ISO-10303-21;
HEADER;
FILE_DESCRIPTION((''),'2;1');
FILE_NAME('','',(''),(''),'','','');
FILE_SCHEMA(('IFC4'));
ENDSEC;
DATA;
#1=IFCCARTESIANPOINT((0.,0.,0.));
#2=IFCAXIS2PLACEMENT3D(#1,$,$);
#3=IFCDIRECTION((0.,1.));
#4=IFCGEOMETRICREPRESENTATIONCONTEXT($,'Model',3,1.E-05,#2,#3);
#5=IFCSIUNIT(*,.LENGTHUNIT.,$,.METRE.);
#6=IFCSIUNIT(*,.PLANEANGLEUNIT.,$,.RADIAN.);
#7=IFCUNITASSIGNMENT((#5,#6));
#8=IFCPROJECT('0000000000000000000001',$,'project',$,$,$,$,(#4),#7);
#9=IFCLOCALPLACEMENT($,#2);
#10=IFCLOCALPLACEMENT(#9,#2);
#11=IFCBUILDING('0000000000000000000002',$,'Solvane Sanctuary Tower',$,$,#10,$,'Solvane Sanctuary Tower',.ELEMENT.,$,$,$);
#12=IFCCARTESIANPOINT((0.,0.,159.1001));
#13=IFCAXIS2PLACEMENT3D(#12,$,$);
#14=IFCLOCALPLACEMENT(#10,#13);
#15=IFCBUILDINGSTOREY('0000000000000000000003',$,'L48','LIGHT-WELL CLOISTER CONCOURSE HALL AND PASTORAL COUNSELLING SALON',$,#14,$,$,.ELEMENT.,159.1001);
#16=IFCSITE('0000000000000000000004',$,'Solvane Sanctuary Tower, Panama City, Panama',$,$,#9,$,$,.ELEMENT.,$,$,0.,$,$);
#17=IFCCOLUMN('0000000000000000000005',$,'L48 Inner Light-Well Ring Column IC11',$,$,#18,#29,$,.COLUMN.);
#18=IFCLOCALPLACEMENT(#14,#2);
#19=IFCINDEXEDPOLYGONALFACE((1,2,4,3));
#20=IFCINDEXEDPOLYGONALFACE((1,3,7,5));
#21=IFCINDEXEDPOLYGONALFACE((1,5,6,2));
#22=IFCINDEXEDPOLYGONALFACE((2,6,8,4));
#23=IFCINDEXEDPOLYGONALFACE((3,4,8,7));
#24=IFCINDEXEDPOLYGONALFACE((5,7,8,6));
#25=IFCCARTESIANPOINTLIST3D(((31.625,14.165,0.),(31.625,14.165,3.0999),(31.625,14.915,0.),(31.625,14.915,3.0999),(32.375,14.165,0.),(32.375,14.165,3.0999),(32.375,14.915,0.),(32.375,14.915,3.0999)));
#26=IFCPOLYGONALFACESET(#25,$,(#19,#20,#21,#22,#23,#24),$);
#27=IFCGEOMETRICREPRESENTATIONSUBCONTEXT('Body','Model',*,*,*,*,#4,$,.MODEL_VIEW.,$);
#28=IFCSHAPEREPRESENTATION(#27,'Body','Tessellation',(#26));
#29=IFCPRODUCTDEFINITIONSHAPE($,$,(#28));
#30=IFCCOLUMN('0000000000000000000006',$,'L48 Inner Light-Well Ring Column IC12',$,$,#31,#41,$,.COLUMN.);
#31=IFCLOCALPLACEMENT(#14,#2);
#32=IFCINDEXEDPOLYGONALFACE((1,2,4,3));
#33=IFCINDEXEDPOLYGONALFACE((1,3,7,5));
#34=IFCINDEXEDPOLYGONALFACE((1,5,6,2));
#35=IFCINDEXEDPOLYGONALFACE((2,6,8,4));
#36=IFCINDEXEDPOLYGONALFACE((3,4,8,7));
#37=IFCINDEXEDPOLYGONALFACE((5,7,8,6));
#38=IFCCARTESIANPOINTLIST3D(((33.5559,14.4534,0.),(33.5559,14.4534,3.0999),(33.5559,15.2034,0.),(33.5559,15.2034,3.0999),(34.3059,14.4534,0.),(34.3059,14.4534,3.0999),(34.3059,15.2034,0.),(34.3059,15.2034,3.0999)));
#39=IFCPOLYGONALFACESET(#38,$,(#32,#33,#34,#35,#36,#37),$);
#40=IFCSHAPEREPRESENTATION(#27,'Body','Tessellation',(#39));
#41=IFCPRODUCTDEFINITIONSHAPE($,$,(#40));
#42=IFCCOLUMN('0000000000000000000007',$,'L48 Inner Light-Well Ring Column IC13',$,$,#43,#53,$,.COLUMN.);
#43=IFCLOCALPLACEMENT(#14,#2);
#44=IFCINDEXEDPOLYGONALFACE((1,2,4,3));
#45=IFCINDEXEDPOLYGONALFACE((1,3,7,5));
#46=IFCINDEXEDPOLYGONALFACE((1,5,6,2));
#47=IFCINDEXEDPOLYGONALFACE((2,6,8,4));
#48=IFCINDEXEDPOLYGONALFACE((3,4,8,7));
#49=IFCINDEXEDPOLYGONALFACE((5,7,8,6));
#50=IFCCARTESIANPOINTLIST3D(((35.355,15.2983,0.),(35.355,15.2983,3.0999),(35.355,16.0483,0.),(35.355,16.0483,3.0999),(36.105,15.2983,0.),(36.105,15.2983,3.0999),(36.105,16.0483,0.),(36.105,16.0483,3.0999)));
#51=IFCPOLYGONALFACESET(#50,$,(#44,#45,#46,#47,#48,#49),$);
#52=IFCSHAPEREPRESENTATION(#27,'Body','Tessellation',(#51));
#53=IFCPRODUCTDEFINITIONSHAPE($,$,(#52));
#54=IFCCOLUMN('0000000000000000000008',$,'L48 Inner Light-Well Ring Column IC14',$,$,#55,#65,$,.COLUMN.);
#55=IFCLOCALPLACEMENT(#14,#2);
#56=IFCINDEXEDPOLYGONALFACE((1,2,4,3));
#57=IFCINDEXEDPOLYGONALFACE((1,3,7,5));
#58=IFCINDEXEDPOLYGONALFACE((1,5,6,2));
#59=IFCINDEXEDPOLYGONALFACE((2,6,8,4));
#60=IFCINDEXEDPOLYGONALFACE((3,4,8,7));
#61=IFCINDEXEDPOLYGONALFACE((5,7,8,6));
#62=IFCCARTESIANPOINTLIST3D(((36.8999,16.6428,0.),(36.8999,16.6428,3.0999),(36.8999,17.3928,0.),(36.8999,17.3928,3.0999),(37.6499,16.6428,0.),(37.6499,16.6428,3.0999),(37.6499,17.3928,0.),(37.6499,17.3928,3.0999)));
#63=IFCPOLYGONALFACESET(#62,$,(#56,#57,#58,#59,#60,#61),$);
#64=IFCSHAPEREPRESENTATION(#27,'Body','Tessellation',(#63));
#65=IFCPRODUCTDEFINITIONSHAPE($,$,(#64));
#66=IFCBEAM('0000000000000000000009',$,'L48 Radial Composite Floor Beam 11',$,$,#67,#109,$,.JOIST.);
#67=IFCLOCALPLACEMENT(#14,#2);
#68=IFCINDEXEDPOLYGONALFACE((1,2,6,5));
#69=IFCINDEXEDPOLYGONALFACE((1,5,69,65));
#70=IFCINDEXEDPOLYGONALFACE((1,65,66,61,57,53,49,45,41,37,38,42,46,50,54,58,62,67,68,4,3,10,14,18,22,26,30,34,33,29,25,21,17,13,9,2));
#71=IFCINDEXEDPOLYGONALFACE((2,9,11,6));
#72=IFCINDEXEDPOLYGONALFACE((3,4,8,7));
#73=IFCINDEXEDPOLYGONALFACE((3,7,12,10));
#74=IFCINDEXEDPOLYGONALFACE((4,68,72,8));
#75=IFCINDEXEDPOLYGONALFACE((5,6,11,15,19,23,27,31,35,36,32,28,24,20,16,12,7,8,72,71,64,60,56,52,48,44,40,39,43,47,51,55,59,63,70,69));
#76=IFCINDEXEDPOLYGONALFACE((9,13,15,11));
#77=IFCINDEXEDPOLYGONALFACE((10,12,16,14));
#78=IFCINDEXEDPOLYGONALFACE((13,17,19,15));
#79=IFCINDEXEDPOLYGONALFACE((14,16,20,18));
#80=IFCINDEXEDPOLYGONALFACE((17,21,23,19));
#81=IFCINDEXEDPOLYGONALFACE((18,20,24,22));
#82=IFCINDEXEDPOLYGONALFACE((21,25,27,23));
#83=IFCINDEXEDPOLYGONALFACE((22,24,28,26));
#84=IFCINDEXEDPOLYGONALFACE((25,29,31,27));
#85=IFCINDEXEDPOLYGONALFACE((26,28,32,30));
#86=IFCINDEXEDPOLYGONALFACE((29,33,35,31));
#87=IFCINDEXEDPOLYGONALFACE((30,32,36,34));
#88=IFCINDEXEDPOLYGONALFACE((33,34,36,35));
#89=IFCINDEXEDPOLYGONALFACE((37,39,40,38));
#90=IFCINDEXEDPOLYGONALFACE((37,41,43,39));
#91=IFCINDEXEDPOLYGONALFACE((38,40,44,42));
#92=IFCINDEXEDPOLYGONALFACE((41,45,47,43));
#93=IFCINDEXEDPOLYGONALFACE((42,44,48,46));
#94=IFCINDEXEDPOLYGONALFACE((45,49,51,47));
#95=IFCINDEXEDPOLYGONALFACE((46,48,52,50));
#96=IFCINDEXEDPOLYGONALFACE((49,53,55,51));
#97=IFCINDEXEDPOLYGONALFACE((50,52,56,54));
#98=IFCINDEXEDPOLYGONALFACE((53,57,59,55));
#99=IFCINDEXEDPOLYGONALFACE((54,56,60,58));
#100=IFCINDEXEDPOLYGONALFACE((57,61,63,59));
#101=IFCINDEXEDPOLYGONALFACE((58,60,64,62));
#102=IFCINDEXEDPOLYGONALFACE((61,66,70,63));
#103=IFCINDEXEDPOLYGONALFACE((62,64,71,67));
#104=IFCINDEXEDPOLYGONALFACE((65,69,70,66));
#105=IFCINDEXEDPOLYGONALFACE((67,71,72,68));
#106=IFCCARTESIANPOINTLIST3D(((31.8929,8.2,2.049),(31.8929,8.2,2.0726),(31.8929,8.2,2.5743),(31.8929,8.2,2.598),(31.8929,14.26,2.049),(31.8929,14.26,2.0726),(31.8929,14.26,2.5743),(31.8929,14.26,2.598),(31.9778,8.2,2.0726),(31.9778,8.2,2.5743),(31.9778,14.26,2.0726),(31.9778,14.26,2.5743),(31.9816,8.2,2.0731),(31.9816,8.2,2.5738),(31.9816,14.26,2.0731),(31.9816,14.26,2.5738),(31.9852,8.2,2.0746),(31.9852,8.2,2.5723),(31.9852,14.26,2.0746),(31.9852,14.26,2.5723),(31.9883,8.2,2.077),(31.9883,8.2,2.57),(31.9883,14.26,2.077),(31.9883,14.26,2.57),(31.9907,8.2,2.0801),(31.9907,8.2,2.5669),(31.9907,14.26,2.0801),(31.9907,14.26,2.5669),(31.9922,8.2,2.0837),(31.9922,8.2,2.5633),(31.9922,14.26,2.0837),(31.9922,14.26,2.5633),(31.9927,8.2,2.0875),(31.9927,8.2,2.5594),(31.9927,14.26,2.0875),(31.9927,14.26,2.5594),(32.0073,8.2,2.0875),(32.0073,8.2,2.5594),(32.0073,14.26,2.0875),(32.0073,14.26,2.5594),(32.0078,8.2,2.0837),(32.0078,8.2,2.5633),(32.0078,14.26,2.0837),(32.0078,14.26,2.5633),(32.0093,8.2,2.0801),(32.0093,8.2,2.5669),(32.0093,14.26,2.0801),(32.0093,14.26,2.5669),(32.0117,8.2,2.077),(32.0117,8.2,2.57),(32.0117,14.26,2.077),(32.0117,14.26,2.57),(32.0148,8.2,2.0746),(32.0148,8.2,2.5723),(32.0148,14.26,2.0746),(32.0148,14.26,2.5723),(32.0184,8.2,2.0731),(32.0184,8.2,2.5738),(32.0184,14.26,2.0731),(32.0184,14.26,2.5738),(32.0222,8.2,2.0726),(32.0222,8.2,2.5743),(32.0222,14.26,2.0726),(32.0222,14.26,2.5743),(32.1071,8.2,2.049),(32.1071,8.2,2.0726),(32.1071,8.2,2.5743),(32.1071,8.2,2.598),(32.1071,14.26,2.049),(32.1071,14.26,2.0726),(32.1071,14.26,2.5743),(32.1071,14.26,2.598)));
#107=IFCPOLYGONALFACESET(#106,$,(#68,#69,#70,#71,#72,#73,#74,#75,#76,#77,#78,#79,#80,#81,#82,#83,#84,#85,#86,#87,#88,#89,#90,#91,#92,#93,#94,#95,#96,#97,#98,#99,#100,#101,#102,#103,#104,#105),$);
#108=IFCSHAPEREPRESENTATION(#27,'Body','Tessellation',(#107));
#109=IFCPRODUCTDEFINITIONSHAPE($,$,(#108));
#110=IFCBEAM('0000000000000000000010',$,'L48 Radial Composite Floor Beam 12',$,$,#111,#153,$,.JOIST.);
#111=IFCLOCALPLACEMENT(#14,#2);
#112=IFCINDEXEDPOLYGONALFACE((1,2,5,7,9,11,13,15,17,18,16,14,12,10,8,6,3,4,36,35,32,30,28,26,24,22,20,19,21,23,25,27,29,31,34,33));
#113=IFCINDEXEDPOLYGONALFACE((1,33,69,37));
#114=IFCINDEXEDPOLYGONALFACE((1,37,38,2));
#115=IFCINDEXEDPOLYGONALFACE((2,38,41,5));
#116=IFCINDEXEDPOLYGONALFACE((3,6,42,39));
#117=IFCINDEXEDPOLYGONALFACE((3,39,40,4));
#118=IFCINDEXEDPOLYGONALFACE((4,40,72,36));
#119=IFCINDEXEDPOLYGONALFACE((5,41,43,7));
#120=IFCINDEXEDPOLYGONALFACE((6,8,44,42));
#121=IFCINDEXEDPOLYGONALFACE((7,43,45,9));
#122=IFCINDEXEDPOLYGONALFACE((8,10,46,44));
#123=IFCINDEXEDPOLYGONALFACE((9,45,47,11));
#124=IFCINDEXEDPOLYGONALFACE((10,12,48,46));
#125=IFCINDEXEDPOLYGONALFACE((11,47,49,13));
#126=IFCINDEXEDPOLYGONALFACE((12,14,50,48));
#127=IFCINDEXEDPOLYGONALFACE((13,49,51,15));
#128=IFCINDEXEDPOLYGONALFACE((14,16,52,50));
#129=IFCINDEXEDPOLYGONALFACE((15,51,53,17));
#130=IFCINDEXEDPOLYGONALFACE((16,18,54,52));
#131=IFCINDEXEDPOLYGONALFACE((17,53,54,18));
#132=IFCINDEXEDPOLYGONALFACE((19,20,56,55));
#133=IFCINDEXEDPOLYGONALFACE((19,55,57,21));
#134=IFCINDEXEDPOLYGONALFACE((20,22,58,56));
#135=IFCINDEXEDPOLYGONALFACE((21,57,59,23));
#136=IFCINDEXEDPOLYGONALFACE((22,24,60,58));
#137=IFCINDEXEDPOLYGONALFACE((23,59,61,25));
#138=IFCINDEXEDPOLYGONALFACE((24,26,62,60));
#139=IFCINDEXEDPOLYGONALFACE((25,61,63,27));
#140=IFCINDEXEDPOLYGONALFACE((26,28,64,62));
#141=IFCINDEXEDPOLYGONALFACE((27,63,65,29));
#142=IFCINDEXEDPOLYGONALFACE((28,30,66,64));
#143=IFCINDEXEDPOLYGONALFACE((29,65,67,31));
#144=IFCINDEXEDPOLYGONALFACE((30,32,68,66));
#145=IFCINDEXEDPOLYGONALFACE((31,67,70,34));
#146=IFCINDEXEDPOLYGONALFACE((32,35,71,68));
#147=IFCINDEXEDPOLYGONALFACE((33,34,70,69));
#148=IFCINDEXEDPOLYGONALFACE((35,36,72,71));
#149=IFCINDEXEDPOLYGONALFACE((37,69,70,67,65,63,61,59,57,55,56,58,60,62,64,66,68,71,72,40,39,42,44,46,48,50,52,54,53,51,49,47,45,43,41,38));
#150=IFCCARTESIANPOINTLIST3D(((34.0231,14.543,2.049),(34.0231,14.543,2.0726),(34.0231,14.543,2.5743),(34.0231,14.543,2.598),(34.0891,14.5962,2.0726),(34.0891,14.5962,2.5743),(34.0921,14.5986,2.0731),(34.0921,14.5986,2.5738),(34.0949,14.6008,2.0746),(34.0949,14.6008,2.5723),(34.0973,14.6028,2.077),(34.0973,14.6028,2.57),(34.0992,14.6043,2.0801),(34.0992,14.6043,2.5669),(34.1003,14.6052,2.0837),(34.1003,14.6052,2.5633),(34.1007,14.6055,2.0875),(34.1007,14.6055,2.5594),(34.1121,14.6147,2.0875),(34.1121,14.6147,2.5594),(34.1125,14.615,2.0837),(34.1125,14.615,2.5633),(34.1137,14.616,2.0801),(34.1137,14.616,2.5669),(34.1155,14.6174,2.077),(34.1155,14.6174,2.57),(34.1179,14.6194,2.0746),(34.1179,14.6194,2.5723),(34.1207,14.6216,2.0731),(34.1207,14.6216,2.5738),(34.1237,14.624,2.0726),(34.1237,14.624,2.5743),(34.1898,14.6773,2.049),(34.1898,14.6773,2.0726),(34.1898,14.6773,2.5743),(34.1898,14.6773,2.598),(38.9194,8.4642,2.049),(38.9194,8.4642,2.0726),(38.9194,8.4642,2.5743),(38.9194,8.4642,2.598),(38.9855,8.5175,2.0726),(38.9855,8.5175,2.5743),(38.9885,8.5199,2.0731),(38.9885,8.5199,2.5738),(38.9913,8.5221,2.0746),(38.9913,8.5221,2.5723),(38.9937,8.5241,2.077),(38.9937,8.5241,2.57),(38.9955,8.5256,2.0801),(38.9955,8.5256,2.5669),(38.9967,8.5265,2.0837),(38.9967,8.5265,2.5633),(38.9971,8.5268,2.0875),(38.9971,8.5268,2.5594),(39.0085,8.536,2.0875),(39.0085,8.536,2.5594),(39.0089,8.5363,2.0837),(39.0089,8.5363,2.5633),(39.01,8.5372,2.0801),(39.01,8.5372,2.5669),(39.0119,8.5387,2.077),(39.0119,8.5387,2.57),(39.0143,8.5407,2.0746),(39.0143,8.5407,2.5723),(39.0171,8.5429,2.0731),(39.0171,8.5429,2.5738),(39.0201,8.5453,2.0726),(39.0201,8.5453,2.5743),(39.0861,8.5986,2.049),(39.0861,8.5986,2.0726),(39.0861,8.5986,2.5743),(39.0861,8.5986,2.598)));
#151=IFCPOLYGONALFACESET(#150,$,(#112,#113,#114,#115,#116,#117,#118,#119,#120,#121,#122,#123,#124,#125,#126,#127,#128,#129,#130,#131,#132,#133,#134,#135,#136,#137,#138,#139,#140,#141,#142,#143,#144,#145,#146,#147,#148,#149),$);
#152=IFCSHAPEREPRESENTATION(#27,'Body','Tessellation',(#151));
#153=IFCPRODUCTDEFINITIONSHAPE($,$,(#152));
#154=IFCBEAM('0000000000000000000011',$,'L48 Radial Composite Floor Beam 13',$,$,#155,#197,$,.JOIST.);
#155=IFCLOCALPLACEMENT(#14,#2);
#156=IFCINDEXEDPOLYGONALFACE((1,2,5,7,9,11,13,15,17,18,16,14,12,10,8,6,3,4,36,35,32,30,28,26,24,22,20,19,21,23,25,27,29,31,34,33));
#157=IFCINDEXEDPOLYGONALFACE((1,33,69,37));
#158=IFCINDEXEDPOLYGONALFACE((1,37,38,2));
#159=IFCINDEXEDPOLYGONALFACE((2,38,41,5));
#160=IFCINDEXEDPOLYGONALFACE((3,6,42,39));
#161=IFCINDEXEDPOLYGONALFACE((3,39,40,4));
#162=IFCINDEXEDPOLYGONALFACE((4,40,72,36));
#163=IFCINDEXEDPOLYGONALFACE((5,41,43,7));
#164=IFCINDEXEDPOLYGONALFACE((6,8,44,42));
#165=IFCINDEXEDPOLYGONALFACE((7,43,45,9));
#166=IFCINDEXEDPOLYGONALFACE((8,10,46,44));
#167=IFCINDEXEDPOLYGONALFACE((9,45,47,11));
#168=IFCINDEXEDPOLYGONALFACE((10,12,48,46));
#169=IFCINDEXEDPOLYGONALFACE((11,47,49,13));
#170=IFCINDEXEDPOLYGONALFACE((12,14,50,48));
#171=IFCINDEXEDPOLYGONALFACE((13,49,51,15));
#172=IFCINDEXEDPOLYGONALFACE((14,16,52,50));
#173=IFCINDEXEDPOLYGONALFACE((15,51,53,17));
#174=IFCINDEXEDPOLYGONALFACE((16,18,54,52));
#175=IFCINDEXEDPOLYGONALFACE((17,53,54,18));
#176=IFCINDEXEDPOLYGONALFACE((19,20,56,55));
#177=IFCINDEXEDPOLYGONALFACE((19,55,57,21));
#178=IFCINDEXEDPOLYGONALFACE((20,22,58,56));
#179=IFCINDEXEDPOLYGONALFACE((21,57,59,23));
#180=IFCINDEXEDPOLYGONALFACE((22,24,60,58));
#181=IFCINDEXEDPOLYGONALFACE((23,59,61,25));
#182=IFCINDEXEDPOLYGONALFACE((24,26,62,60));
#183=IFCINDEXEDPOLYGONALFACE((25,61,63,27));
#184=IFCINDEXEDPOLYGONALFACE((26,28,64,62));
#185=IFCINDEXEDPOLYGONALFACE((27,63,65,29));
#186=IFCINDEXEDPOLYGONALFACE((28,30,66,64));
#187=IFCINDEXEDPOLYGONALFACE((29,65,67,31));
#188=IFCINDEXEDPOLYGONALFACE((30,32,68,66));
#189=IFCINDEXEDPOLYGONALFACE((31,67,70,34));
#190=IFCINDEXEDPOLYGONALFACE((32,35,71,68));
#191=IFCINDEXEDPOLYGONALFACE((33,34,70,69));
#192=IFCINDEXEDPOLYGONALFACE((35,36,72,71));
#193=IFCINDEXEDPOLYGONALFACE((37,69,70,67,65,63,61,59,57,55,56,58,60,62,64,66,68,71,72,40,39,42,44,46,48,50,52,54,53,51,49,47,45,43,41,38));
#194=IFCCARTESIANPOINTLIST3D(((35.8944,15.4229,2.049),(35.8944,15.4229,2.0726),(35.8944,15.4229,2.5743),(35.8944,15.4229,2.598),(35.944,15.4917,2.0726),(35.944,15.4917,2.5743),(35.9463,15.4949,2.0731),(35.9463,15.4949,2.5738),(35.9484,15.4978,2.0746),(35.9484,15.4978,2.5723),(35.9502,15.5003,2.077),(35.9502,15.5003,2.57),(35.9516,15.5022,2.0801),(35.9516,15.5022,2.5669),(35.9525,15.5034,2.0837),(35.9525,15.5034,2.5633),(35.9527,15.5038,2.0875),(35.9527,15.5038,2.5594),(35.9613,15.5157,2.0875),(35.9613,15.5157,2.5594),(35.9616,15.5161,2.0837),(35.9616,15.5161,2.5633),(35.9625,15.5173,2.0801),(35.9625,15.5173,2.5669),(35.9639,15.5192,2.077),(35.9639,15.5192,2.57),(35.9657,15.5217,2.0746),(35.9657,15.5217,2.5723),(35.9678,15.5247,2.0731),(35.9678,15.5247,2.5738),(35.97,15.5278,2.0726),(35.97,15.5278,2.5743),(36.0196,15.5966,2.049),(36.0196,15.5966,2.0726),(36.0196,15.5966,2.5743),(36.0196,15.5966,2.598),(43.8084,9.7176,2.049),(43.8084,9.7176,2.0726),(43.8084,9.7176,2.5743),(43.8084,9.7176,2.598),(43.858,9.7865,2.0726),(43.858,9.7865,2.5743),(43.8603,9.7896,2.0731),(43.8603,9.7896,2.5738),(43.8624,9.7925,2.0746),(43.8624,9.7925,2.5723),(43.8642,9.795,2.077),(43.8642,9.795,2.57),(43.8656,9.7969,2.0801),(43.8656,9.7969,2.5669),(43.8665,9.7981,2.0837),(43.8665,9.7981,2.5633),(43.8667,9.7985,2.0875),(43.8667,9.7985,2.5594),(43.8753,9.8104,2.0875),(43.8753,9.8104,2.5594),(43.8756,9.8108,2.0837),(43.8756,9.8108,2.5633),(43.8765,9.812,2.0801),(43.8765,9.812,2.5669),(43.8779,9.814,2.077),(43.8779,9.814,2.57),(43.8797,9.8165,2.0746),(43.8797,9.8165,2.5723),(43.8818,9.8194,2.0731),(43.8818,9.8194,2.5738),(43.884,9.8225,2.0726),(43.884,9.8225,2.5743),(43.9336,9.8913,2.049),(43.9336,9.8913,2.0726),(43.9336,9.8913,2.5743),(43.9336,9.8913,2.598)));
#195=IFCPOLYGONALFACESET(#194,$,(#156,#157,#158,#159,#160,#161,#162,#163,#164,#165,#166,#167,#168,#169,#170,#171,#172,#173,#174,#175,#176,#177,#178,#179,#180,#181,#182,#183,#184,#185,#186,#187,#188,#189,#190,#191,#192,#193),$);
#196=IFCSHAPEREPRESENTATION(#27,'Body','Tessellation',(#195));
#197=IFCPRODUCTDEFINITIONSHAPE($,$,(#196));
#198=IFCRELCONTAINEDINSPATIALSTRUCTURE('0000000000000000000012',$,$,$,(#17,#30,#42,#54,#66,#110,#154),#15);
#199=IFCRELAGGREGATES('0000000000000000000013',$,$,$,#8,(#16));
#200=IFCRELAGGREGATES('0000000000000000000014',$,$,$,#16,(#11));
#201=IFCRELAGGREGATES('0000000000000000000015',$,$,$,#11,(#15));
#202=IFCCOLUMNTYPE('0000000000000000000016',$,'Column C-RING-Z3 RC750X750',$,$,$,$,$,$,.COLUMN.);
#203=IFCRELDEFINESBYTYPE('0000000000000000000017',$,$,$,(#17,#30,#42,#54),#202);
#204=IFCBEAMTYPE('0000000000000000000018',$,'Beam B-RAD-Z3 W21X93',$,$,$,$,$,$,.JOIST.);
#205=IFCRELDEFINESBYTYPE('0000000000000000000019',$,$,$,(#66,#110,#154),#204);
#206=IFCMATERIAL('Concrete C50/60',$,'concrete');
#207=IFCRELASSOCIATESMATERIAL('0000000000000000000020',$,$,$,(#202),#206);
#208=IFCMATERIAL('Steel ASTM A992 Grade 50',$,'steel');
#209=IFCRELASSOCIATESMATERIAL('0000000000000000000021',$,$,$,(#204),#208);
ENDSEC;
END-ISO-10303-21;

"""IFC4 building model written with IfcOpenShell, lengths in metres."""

from ifc_helpers import new_model, si_unit, direction, frame, origin, origin_2d, place, context, subcontext, project, spatial, rectangle, i_section, extrude, material, material_profile, profile_set, type_object, element, save


model = new_model("IFC4")

# Units and contexts
model_context = context("Model", 3, precision=1e-05, world=origin(), true_north=direction((0.0, 1.0)))
body_context = subcontext(model_context, "Body", "Model", "MODEL_VIEW")
ifc_project = project(units=[si_unit("LENGTHUNIT", "METRE"), si_unit("PLANEANGLEUNIT", "RADIAN")], contexts=[model_context])

# Site, building, storey
site_placement = place(None, origin())
site = spatial("IfcSite", under=ifc_project, at=site_placement, Name="Solvane Sanctuary Tower, Panama City, Panama", CompositionType="ELEMENT", RefElevation=0.0)
building_placement = place(site_placement, origin())
building = spatial("IfcBuilding", under=site, at=building_placement, Name="Solvane Sanctuary Tower", LongName="Solvane Sanctuary Tower", CompositionType="ELEMENT")
storey_placement = place(building_placement, frame((0.0, 0.0, 159.1001)))
storey = spatial("IfcBuildingStorey", under=building, at=storey_placement, Name="L48", Description="LIGHT-WELL CLOISTER CONCOURSE HALL AND PASTORAL COUNSELLING SALON", CompositionType="ELEMENT", Elevation=159.1001)

# Columns
ifc_material_1 = material(Name="Concrete C50/60", Category="concrete")
ifc_material_profile_1 = material_profile(ifc_material_1, rectangle(XDim=0.75, YDim=0.75, at=origin_2d()), Name="RC750X750")
ifc_profile_set_1 = profile_set([ifc_material_profile_1], Name="Concrete C50/60")
column_type = type_object("IfcColumnType", Name="Column C-RING-Z3 RC750X750", PredefinedType="COLUMN", material=ifc_profile_set_1)
for number, where, z_axis, x_axis, name in (
    (1, (32.0, 14.54, 0.0), (0.0, 0.0, 1.0), (1.0, 0.0, 0.0), "L48 Inner Light-Well Ring Column IC11"),
    (2, (33.9309, 14.8284, 0.0), (0.0, 0.0, 1.0), (1.0, 0.0, 0.0), "L48 Inner Light-Well Ring Column IC12"),
    (3, (35.73, 15.6733, 0.0), (0.0, 0.0, 1.0), (1.0, 0.0, 0.0), "L48 Inner Light-Well Ring Column IC13"),
    (4, (37.2749, 17.0178, 0.0), (0.0, 0.0, 1.0), (1.0, 0.0, 0.0), "L48 Inner Light-Well Ring Column IC14"),
):
    element("IfcColumn", number, at=place(storey_placement, frame(where, z_axis=z_axis, x_axis=x_axis)), inside=storey, type_object=column_type, Name=name, PredefinedType="COLUMN", context=body_context, shape_type="SweptSolid", body=[
        extrude(rectangle(XDim=0.75, YDim=0.75, at=origin_2d()), origin(), (0.0, 0.0, 1.0), 3.0999),
    ])

# Beams
ifc_material_2 = material(Name="Steel ASTM A992 Grade 50", Category="steel")
ifc_material_profile_2 = material_profile(ifc_material_2, i_section(OverallWidth=0.2141, OverallDepth=0.5491, WebThickness=0.0146, FlangeThickness=0.0237, FilletRadius=0.0149, at=origin_2d()), Name="W21X93")
ifc_profile_set_2 = profile_set([ifc_material_profile_2], Name="Steel ASTM A992 Grade 50")
beam_type_1 = type_object("IfcBeamType", Name="Beam B-RAD-Z3 W21X93", PredefinedType="JOIST", material=ifc_profile_set_2)
beam_1_placement = place(storey_placement, frame((32.0, 14.26, 2.3235), z_axis=(0.0, -1.0, 0.0), x_axis=(1.0, 0.0, 0.0)))
element("IfcBeam", 5, at=beam_1_placement, inside=storey, type_object=beam_type_1, Name="L48 Radial Composite Floor Beam 11", PredefinedType="JOIST", context=body_context, shape_type="SweptSolid", body=[
    extrude(i_section(OverallWidth=0.2141, OverallDepth=0.5491, WebThickness=0.0146, FlangeThickness=0.0237, FilletRadius=0.0149, at=origin_2d()), origin(), (0.0, 0.0, 1.0), 6.0601),
])
beam_2_placement = place(storey_placement, frame((34.1064, 14.6101, 2.3235), z_axis=(0.627297, -0.77878, 0.0), x_axis=(0.77878, 0.627297, 0.0)))
element("IfcBeam", 6, at=beam_2_placement, inside=storey, type_object=beam_type_1, Name="L48 Radial Composite Floor Beam 12", PredefinedType="JOIST", context=body_context, shape_type="SweptSolid", body=[
    extrude(i_section(OverallWidth=0.2141, OverallDepth=0.5491, WebThickness=0.0146, FlangeThickness=0.0237, FilletRadius=0.0149, at=origin_2d()), origin(), (0.0, 0.0, 1.0), 7.8054),
])
beam_3_placement = place(storey_placement, frame((35.957, 15.5098, 2.3235), z_axis=(0.811184, -0.58479, 0.0), x_axis=(0.58479, 0.811184, 0.0)))
element("IfcBeam", 7, at=beam_3_placement, inside=storey, type_object=beam_type_1, Name="L48 Radial Composite Floor Beam 13", PredefinedType="JOIST", context=body_context, shape_type="SweptSolid", body=[
    extrude(i_section(OverallWidth=0.2141, OverallDepth=0.5491, WebThickness=0.0146, FlangeThickness=0.0237, FilletRadius=0.0149, at=origin_2d()), origin(), (0.0, 0.0, 1.0), 9.7561),
])

save(model, "model.ifc")
